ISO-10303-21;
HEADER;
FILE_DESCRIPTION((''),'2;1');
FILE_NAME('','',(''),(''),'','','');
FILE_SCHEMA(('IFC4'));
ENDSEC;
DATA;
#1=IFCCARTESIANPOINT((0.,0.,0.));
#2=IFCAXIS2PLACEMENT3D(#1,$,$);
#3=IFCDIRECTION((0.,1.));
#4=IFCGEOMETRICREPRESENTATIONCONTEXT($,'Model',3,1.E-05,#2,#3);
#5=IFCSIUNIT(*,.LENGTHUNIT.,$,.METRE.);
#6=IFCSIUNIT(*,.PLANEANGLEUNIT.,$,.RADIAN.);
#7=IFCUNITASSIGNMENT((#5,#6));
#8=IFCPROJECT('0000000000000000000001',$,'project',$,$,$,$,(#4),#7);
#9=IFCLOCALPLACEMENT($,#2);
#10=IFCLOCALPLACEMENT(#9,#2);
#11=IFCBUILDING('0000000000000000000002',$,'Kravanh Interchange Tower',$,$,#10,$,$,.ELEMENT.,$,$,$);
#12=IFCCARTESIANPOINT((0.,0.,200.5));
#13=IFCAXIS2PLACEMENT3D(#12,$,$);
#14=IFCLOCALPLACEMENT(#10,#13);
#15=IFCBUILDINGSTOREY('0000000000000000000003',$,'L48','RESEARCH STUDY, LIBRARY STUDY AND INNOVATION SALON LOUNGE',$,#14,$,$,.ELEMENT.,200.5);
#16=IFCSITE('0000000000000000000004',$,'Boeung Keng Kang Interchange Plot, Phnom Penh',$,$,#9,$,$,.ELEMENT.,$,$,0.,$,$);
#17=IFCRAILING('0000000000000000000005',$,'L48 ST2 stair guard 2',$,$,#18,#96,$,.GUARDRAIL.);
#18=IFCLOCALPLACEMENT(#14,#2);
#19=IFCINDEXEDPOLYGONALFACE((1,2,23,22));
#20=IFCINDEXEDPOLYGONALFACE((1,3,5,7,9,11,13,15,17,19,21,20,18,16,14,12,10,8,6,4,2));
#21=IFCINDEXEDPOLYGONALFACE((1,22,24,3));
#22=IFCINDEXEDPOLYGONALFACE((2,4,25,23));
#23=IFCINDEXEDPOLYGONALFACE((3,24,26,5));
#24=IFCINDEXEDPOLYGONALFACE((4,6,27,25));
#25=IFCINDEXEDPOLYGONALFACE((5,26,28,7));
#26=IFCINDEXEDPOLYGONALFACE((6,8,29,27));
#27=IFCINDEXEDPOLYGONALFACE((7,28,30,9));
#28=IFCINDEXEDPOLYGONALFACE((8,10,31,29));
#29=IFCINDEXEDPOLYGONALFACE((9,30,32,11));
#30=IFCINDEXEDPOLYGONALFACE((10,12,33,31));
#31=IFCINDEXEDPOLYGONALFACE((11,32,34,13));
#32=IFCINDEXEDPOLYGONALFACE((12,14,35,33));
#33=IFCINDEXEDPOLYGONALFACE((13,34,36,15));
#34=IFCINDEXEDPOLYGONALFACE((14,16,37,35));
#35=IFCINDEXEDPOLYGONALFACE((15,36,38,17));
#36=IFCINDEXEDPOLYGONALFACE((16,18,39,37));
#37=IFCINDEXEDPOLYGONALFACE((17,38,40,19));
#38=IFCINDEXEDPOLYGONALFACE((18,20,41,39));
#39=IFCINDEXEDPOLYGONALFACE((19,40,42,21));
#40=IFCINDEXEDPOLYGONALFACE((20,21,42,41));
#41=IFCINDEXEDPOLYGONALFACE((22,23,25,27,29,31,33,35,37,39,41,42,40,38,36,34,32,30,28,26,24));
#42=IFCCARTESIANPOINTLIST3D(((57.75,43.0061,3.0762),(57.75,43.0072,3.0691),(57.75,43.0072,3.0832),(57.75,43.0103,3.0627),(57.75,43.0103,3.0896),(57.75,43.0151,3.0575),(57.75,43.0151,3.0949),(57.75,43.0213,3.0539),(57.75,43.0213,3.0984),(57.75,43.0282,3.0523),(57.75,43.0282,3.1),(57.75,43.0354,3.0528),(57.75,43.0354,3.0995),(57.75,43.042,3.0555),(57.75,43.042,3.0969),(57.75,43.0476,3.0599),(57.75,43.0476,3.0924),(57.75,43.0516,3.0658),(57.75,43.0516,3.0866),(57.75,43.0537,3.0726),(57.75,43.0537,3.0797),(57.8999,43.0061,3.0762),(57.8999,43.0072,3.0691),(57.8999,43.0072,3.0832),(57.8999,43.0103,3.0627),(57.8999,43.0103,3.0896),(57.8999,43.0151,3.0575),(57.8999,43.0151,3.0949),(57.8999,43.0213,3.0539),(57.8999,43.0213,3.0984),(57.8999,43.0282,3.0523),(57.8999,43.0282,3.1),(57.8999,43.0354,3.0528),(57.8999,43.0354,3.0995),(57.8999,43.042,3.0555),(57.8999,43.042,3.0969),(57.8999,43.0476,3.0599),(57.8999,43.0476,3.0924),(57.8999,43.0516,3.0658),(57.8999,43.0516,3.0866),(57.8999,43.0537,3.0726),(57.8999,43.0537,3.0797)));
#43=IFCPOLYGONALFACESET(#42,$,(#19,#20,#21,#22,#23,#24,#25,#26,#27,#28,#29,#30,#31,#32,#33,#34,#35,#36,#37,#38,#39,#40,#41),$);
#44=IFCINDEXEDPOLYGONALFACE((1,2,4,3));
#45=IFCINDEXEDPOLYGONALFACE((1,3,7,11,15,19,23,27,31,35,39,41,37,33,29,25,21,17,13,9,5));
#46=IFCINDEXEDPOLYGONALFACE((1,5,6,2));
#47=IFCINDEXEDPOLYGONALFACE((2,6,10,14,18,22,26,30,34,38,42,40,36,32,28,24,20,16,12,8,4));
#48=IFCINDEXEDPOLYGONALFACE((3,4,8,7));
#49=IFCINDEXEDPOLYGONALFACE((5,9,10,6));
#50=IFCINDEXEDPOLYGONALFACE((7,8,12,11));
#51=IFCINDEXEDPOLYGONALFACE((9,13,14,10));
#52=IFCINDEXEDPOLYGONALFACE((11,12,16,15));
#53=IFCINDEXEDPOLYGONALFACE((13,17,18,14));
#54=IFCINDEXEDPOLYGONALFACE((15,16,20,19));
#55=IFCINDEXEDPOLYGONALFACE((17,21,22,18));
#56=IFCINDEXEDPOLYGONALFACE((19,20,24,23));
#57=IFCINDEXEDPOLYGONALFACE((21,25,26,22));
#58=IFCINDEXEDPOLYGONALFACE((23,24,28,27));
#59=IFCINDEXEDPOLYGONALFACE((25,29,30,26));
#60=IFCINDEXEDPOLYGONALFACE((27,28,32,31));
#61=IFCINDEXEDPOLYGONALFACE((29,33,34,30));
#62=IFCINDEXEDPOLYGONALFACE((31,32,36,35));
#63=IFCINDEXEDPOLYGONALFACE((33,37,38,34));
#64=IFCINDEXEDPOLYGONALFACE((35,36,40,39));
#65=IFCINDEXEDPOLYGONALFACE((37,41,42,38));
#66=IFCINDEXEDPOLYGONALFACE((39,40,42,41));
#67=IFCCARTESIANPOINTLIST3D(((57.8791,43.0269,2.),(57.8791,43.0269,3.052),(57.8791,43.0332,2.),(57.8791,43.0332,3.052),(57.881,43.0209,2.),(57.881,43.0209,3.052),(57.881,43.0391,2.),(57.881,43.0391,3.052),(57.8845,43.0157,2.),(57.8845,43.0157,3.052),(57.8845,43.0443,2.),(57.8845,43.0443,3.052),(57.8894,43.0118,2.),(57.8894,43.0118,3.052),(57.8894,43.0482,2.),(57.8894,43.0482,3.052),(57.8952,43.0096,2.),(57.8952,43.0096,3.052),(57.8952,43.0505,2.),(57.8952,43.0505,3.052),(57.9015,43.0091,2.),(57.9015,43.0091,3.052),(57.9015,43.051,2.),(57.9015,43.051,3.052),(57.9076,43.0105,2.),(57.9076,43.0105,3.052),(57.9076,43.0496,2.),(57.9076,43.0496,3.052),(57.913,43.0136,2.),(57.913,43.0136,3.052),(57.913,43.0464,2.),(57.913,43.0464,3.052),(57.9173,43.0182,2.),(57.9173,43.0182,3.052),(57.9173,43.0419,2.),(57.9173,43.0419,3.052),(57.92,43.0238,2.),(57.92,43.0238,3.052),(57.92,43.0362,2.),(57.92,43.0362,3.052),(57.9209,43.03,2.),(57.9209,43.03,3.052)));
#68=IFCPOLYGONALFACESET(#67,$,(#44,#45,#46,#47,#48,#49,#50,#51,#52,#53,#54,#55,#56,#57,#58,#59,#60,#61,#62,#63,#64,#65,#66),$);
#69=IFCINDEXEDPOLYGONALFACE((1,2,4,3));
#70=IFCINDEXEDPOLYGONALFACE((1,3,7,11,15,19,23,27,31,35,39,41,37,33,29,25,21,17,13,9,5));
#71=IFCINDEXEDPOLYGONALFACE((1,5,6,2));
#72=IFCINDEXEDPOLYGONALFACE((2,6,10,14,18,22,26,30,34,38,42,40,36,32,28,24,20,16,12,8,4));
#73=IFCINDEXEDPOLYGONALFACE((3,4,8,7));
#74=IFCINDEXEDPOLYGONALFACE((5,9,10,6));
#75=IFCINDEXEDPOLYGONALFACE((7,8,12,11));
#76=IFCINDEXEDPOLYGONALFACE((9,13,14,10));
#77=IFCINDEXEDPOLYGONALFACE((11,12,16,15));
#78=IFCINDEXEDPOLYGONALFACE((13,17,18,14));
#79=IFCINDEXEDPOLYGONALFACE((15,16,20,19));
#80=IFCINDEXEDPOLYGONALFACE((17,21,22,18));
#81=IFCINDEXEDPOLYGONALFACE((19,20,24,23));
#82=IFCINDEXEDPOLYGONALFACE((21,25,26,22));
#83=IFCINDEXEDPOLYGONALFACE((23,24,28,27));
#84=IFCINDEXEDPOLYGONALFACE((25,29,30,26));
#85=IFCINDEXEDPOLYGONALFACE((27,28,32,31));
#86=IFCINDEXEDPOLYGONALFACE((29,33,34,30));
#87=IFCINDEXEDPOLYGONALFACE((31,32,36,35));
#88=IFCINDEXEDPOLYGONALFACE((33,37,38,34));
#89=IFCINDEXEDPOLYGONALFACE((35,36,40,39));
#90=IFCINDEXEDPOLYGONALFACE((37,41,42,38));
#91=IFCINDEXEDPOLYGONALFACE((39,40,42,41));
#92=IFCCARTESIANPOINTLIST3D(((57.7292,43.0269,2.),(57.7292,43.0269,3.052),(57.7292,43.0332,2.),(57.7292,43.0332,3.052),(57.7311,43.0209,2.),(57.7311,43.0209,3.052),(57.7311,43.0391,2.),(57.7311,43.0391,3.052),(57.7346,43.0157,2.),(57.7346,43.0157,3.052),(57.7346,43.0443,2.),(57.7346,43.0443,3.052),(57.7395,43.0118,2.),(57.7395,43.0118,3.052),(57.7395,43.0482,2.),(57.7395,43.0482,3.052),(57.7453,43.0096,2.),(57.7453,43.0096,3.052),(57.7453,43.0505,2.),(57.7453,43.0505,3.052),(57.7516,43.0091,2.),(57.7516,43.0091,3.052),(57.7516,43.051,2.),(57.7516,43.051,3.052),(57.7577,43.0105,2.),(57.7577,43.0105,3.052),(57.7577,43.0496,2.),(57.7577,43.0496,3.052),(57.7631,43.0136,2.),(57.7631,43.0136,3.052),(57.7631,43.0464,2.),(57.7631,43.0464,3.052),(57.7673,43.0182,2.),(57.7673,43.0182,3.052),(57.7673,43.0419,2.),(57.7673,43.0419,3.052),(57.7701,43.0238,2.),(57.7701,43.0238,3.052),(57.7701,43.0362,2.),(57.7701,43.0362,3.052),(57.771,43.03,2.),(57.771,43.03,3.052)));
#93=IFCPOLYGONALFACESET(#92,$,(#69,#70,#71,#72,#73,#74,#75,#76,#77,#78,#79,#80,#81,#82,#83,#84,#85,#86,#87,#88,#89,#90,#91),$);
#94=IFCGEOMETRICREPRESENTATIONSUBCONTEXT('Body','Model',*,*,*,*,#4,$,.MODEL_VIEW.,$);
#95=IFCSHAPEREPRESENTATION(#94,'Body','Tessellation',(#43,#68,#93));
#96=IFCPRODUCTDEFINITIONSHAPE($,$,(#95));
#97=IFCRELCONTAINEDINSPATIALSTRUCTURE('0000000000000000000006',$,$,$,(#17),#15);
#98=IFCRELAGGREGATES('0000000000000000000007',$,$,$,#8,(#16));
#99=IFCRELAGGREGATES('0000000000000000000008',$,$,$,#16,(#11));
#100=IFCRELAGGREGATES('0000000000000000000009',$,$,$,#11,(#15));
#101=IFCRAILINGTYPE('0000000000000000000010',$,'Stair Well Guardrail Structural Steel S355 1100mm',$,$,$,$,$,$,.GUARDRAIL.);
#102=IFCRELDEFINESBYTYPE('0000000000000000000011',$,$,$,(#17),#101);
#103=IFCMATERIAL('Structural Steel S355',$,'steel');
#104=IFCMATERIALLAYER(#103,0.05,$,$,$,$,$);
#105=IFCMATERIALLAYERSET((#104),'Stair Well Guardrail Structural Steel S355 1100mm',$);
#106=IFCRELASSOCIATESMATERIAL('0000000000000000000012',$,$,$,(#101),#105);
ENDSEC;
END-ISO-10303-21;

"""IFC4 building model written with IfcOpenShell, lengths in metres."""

from ifc_helpers import new_model, si_unit, direction, frame, origin, origin_2d, place, context, subcontext, project, spatial, circle, extrude, material, layer, layer_set, type_object, element, save


model = new_model("IFC4")

# Units and contexts
model_context = context("Model", 3, precision=1e-05, world=origin(), true_north=direction((0.0, 1.0)))
body_context = subcontext(model_context, "Body", "Model", "MODEL_VIEW")
ifc_project = project(units=[si_unit("LENGTHUNIT", "METRE"), si_unit("PLANEANGLEUNIT", "RADIAN")], contexts=[model_context])

# Site, building, storey
site_placement = place(None, origin())
site = spatial("IfcSite", under=ifc_project, at=site_placement, Name="Boeung Keng Kang Interchange Plot, Phnom Penh", CompositionType="ELEMENT", RefElevation=0.0)
building_placement = place(site_placement, origin())
building = spatial("IfcBuilding", under=site, at=building_placement, Name="Kravanh Interchange Tower", CompositionType="ELEMENT")
storey_placement = place(building_placement, frame((0.0, 0.0, 200.5)))
storey = spatial("IfcBuildingStorey", under=building, at=storey_placement, Name="L48", Description="RESEARCH STUDY, LIBRARY STUDY AND INNOVATION SALON LOUNGE", CompositionType="ELEMENT", Elevation=200.5)

# Railing
ifc_material_1 = material(Name="Structural Steel S355", Category="steel")
ifc_layer_1 = layer(ifc_material_1, 0.05)
ifc_layer_set_1 = layer_set([ifc_layer_1], Name="Stair Well Guardrail Structural Steel S355 1100mm")
railing_type_1 = type_object("IfcRailingType", Name="Stair Well Guardrail Structural Steel S355 1100mm", PredefinedType="GUARDRAIL", material=ifc_layer_set_1)
railing_1_placement = place(storey_placement, frame((57.8999, 43.03, 2.0)))
element("IfcRailing", 1, at=railing_1_placement, inside=storey, type_object=railing_type_1, Name="L48 ST2 stair guard 2", PredefinedType="GUARDRAIL", context=body_context, shape_type="SweptSolid", body=[
    extrude(circle(Radius=0.0239, at=origin_2d()), frame((0.0, 0.0, 1.0762), z_axis=(-1.0, 0.0, 0.0), x_axis=(0.0, -1.0, 0.0)), (0.0, 0.0, 1.0), 0.1499),
    extrude(circle(Radius=0.021, at=origin_2d()), origin(), (0.0, 0.0, 1.0), 1.052),
    extrude(circle(Radius=0.021, at=origin_2d()), frame((-0.1499, 0.0, 0.0)), (0.0, 0.0, 1.0), 1.052),
])

save(model, "model.ifc")
